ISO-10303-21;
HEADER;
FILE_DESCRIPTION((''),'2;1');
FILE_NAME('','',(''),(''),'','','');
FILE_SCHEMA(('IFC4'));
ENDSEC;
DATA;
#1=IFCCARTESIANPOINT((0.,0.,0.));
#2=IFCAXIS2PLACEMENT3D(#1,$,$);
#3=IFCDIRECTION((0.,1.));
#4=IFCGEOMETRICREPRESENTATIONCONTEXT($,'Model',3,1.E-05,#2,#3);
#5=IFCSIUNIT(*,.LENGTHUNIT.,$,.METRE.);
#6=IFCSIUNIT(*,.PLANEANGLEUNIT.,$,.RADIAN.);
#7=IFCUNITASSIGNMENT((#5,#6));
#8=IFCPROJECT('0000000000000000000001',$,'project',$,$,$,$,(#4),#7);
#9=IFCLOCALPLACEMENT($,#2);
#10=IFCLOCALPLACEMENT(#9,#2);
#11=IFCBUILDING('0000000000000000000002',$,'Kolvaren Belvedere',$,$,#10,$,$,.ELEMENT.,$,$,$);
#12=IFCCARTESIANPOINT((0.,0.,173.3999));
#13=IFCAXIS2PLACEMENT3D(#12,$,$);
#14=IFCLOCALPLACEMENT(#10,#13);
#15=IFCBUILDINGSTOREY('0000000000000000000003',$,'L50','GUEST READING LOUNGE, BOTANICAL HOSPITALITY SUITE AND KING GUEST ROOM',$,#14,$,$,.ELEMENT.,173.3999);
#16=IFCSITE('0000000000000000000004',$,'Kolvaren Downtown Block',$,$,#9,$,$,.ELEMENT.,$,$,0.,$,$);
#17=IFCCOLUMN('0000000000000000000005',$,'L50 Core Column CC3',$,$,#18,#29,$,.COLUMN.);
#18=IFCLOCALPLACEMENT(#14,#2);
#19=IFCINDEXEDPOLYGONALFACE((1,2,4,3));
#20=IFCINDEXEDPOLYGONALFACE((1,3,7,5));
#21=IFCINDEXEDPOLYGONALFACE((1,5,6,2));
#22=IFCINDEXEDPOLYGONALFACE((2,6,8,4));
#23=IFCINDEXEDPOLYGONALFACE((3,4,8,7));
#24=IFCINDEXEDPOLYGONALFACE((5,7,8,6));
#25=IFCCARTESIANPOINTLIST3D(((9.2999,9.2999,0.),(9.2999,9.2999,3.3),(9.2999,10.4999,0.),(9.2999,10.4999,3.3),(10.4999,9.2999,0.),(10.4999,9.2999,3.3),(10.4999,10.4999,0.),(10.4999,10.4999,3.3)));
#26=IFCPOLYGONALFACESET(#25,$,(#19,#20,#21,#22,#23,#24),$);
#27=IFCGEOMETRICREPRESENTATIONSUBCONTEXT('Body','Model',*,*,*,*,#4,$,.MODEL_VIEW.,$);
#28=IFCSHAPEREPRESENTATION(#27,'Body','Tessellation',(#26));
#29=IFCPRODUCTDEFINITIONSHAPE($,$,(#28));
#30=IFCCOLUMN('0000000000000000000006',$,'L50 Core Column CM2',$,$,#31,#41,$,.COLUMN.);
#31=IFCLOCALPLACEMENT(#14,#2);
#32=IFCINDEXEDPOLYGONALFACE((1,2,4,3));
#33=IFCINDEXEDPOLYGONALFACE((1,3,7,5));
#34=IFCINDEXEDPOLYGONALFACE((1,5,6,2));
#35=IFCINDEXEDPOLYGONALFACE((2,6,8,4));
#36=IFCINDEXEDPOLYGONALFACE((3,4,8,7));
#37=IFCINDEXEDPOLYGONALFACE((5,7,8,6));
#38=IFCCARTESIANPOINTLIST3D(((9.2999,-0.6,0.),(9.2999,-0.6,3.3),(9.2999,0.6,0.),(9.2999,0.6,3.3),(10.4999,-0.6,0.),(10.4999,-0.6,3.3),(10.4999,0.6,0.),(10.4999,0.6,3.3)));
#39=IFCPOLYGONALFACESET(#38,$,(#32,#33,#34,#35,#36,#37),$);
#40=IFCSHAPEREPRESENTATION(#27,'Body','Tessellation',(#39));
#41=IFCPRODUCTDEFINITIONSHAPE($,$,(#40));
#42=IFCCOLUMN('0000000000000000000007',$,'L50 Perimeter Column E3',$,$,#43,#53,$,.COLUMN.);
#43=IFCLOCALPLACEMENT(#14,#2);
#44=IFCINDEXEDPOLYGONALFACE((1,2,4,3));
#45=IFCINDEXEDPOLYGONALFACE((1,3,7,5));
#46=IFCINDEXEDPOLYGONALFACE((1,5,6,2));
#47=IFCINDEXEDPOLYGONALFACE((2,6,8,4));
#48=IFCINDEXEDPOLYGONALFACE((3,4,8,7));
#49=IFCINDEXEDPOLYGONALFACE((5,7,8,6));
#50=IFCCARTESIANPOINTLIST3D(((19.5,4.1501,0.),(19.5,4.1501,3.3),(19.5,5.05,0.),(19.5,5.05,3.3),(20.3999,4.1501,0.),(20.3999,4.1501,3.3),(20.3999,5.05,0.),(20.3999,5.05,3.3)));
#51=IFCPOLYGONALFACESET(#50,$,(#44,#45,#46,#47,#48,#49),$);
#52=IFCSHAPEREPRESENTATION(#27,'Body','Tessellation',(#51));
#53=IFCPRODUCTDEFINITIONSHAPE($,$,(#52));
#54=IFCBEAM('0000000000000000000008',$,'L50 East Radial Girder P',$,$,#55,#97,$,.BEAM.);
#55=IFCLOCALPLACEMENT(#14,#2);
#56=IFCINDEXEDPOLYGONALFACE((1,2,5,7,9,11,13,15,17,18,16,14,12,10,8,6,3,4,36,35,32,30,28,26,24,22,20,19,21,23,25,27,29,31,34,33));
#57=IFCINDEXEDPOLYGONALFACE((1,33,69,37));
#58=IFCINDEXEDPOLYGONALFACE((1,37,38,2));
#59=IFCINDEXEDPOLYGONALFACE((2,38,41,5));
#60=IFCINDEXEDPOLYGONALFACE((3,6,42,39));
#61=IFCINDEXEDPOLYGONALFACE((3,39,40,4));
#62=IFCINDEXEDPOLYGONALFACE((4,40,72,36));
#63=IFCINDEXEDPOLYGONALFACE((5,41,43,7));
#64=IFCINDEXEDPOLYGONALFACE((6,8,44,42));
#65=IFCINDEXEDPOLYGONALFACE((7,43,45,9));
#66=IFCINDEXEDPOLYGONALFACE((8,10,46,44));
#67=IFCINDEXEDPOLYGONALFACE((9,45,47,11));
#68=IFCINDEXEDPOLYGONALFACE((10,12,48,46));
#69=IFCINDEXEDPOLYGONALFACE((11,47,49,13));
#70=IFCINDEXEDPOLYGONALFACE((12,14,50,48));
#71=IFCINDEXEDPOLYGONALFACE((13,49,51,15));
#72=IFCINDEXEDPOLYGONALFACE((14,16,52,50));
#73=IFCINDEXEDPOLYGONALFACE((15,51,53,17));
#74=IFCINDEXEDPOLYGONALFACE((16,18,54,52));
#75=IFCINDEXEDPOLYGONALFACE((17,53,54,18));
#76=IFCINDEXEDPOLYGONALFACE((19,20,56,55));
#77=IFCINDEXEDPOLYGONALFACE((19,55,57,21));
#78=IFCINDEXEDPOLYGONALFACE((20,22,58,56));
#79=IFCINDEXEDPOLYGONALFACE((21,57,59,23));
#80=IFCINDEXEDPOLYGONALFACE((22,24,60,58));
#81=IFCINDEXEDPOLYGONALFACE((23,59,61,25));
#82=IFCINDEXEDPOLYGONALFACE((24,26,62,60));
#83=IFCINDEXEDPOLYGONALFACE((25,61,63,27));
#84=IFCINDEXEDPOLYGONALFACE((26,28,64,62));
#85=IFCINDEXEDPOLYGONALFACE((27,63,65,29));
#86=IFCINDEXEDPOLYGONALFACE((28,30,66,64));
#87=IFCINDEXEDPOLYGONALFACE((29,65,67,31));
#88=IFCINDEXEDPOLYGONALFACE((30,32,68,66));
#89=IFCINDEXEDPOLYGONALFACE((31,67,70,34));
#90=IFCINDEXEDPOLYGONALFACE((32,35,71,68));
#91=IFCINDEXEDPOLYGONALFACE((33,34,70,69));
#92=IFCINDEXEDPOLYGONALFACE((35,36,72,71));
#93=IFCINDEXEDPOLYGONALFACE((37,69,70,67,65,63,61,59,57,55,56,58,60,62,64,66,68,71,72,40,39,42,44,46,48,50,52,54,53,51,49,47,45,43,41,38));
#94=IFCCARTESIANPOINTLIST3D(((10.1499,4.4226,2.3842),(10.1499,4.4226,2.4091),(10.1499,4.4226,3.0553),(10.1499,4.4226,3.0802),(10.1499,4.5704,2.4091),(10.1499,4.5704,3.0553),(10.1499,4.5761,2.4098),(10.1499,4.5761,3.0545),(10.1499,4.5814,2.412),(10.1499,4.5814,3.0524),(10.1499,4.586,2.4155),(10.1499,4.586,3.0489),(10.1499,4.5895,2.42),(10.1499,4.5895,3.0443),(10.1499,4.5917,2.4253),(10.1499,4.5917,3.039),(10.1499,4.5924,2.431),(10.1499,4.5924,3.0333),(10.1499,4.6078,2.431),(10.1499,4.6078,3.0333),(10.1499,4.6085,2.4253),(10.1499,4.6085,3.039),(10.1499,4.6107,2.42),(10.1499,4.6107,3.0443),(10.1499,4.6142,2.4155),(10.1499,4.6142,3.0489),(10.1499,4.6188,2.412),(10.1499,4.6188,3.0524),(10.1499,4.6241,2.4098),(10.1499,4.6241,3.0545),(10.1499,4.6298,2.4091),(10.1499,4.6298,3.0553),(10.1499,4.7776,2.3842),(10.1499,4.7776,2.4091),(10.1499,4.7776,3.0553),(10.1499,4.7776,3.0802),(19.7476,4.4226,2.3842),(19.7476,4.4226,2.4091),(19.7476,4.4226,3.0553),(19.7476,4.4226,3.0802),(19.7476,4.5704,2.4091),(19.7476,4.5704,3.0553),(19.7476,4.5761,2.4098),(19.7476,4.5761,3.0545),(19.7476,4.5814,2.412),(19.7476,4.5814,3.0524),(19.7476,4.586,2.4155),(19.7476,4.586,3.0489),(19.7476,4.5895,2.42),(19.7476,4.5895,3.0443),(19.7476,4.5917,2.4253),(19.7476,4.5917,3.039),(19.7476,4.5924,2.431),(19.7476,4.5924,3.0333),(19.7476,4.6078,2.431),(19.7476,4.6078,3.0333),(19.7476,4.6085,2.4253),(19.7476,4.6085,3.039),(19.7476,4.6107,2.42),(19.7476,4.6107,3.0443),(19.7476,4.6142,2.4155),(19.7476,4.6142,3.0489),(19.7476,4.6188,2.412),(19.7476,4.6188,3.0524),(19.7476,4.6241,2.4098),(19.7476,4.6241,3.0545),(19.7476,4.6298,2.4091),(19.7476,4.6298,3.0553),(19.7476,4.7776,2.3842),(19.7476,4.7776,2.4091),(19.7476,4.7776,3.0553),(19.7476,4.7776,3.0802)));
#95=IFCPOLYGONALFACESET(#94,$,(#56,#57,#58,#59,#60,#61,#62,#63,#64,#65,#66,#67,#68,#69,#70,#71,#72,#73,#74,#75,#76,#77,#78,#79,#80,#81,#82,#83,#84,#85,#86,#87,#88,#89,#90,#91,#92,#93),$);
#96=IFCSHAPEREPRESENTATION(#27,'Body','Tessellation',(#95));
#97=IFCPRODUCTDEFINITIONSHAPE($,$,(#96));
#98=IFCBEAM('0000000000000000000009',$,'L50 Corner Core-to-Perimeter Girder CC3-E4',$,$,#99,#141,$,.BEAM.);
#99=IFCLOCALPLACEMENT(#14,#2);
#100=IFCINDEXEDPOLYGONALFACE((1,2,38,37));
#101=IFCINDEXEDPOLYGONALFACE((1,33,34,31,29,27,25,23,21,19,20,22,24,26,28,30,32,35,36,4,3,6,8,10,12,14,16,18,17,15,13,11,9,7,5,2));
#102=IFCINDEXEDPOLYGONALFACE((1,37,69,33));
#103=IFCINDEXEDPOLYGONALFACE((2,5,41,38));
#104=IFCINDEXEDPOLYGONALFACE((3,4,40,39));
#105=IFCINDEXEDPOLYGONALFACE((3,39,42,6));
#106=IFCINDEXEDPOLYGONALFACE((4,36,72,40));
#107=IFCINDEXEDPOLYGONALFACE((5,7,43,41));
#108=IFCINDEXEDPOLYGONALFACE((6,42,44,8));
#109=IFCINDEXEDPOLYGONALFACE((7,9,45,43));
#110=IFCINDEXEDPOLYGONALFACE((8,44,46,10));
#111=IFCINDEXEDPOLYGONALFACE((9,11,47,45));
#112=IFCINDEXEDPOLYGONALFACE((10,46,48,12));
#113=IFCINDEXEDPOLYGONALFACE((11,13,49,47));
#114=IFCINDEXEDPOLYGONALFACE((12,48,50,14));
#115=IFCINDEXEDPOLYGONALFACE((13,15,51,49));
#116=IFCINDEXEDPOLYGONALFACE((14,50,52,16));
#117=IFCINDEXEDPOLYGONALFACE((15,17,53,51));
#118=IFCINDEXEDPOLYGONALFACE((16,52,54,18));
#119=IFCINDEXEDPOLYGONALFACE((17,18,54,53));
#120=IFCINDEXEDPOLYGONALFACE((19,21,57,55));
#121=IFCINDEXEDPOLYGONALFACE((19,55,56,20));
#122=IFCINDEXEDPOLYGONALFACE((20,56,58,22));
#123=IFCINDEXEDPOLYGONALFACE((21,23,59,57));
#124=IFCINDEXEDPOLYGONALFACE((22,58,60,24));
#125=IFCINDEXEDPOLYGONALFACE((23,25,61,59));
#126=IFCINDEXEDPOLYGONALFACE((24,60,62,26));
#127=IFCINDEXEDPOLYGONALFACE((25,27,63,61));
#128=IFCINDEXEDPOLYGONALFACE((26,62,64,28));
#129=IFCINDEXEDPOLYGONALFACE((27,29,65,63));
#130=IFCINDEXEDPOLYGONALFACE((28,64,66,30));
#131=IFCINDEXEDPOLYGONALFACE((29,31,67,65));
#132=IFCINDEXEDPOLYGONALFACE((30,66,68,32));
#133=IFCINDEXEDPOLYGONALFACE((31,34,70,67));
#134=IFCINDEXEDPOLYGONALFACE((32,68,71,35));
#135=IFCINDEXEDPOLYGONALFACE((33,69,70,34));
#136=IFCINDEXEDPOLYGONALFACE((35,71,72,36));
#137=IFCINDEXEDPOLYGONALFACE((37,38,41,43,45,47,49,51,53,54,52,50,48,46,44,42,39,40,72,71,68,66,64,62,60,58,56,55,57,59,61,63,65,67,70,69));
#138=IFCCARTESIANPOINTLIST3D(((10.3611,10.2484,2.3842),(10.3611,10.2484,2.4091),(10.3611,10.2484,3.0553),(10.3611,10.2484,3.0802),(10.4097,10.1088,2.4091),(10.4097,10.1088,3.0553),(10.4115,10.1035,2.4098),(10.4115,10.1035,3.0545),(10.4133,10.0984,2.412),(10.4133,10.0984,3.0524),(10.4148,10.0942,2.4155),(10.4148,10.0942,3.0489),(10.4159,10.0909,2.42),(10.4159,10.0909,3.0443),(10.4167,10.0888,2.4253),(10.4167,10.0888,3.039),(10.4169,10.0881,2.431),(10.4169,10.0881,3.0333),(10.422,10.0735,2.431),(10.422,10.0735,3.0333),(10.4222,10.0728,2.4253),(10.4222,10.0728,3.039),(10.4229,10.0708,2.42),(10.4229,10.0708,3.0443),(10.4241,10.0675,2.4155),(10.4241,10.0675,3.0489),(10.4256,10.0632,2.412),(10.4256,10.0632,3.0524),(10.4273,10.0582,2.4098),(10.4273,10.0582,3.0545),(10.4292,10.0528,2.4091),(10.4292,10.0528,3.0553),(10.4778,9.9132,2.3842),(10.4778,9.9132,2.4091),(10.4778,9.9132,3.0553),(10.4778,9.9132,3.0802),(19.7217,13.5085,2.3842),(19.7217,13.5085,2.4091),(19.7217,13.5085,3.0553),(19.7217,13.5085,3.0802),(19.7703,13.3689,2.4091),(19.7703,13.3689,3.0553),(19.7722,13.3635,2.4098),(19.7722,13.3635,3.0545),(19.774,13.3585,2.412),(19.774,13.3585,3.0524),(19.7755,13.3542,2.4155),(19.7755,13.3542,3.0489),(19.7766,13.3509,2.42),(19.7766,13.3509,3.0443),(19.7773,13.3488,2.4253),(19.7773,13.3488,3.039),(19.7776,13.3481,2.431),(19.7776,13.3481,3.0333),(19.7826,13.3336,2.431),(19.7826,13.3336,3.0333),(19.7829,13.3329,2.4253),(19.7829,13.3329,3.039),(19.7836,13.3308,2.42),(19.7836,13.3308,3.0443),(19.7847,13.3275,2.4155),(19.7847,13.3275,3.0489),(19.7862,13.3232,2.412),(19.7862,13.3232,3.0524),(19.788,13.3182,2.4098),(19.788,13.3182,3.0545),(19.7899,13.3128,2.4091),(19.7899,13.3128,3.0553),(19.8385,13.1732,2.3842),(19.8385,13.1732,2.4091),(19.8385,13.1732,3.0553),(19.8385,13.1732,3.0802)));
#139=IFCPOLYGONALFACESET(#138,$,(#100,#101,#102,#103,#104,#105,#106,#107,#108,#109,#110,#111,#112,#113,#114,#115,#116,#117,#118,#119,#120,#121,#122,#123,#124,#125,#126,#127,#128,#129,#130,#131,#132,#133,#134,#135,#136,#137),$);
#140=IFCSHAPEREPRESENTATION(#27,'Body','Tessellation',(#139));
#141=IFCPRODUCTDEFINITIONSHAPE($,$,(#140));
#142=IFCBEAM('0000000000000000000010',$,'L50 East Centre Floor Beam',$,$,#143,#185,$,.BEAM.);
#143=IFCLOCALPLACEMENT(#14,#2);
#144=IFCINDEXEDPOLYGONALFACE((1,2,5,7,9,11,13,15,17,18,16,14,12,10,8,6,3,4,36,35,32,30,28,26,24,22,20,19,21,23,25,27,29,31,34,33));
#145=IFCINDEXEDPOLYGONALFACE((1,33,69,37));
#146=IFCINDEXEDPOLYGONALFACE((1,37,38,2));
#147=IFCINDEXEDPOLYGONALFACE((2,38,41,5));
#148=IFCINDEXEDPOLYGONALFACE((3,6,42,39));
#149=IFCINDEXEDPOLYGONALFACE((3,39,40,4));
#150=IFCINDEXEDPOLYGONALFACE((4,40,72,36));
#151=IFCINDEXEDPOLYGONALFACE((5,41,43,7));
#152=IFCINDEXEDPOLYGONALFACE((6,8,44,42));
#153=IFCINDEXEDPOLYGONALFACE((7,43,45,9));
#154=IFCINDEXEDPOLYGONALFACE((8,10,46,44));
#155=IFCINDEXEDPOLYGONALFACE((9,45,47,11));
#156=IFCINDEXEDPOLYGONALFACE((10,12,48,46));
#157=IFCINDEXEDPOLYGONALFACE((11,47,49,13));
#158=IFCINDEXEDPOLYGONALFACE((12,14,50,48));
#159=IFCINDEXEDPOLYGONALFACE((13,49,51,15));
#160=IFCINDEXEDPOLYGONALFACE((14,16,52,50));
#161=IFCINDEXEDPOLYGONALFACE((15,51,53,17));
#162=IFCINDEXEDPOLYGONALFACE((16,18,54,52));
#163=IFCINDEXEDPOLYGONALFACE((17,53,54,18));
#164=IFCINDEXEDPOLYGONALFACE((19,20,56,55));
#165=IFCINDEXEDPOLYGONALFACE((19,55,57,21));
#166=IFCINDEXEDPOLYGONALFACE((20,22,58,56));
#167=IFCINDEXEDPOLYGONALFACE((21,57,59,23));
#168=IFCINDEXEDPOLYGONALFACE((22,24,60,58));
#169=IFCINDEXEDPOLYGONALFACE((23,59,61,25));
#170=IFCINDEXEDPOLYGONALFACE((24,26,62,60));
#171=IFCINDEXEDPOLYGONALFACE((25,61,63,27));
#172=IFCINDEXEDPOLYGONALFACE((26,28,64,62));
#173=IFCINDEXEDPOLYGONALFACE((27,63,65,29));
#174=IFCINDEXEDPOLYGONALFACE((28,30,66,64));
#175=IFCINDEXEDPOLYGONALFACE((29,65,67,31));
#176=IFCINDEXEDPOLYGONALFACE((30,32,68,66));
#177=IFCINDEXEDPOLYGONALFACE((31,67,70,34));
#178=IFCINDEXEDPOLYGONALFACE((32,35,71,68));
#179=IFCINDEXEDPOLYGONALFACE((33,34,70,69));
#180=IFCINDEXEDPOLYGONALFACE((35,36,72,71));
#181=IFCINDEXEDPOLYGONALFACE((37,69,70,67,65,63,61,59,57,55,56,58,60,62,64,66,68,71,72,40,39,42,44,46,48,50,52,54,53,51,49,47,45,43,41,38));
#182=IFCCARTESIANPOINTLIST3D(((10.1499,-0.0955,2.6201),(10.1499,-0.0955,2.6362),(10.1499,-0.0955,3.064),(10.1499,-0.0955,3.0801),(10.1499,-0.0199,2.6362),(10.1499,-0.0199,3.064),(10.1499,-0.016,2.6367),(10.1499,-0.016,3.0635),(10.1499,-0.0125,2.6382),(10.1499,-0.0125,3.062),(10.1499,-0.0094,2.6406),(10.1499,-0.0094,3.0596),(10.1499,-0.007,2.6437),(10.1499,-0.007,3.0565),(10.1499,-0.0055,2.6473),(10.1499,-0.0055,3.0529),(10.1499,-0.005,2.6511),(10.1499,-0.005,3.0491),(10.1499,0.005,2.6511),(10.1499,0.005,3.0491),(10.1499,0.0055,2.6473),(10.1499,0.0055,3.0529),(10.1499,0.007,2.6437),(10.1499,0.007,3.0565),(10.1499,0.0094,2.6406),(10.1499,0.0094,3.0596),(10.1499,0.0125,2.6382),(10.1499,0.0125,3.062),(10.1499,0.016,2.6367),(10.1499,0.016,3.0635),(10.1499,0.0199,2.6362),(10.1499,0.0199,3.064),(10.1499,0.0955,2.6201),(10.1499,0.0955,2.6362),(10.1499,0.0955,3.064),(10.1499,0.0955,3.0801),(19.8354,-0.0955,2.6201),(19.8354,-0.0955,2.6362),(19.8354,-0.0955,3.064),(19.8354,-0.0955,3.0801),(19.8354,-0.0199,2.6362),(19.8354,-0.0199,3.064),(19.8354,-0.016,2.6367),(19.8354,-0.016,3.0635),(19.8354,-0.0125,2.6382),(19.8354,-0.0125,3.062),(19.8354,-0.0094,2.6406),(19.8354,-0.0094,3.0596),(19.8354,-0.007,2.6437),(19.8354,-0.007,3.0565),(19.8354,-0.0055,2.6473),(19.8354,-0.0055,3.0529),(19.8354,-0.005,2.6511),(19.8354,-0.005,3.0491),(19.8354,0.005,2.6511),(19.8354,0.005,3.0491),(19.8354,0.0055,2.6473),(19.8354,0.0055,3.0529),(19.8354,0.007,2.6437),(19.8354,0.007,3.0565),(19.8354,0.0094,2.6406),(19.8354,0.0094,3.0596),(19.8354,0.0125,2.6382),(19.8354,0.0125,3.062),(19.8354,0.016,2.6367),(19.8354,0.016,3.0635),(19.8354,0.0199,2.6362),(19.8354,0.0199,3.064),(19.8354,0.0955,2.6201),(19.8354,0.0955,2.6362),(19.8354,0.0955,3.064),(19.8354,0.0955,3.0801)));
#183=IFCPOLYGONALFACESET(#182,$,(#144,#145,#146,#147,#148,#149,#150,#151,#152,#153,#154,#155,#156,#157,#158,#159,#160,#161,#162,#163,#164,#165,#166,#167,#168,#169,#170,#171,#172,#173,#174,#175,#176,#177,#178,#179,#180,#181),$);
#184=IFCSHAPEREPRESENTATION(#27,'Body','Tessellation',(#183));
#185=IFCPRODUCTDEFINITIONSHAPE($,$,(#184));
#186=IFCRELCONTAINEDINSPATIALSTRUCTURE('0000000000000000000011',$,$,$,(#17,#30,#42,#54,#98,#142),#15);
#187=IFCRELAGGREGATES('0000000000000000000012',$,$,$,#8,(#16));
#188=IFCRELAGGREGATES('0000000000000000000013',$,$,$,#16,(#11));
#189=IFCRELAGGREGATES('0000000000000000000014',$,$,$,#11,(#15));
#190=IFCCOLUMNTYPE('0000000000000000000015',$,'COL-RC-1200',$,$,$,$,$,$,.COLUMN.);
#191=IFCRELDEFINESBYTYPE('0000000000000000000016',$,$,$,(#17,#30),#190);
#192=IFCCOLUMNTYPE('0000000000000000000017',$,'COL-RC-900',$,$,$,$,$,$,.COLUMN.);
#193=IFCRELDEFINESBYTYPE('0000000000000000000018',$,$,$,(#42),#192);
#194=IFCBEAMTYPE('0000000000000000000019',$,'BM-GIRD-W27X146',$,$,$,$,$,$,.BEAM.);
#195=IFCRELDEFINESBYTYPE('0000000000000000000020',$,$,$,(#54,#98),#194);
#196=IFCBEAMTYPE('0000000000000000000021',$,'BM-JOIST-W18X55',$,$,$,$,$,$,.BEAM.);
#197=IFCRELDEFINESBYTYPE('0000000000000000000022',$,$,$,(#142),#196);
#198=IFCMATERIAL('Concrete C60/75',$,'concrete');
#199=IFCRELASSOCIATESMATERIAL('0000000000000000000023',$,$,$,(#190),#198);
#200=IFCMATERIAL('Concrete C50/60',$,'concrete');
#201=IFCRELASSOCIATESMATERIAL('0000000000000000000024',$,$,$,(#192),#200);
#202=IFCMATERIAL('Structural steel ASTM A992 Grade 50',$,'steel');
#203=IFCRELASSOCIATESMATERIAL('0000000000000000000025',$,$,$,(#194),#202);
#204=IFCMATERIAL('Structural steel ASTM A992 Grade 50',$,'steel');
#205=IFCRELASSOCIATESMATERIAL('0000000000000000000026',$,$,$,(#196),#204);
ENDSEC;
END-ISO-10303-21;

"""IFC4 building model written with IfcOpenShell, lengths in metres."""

from ifc_helpers import new_model, si_unit, direction, frame, origin, origin_2d, place, context, subcontext, project, spatial, rectangle, i_section, extrude, material, material_profile, profile_set, type_object, element, save


model = new_model("IFC4")

# Units and contexts
model_context = context("Model", 3, precision=1e-05, world=origin(), true_north=direction((0.0, 1.0)))
body_context = subcontext(model_context, "Body", "Model", "MODEL_VIEW")
ifc_project = project(units=[si_unit("LENGTHUNIT", "METRE"), si_unit("PLANEANGLEUNIT", "RADIAN")], contexts=[model_context])

# Site, building, storey
site_placement = place(None, origin())
site = spatial("IfcSite", under=ifc_project, at=site_placement, Name="Kolvaren Downtown Block", CompositionType="ELEMENT", RefElevation=0.0)
building_placement = place(site_placement, origin())
building = spatial("IfcBuilding", under=site, at=building_placement, Name="Kolvaren Belvedere", CompositionType="ELEMENT")
storey_placement = place(building_placement, frame((0.0, 0.0, 173.3999)))
storey = spatial("IfcBuildingStorey", under=building, at=storey_placement, Name="L50", Description="GUEST READING LOUNGE, BOTANICAL HOSPITALITY SUITE AND KING GUEST ROOM", CompositionType="ELEMENT", Elevation=173.3999)

# Columns
ifc_material_1 = material(Name="Concrete C60/75", Category="concrete")
ifc_material_profile_1 = material_profile(ifc_material_1, rectangle(XDim=1.2, YDim=1.2, at=origin_2d()), Name="RC 1200X1200")
ifc_profile_set_1 = profile_set([ifc_material_profile_1], Name="Concrete C60/75")
column_type_1 = type_object("IfcColumnType", Name="COL-RC-1200", PredefinedType="COLUMN", material=ifc_profile_set_1)
for number, where, z_axis, x_axis, name in (
    (1, (9.8999, 9.8999, 0.0), (0.0, 0.0, 1.0), (1.0, 0.0, 0.0), "L50 Core Column CC3"),
    (2, (9.8999, 0.0, 0.0), (0.0, 0.0, 1.0), (1.0, 0.0, 0.0), "L50 Core Column CM2"),
):
    element("IfcColumn", number, at=place(storey_placement, frame(where, z_axis=z_axis, x_axis=x_axis)), inside=storey, type_object=column_type_1, Name=name, PredefinedType="COLUMN", context=body_context, shape_type="SweptSolid", body=[
        extrude(rectangle(XDim=1.2, YDim=1.2, at=origin_2d()), origin(), (0.0, 0.0, 1.0), 3.3),
    ])
ifc_material_2 = material(Name="Concrete C50/60", Category="concrete")
ifc_material_profile_2 = material_profile(ifc_material_2, rectangle(XDim=0.8999, YDim=0.8999, at=origin_2d()), Name="RC 900X900")
ifc_profile_set_2 = profile_set([ifc_material_profile_2], Name="Concrete C50/60")
column_type_2 = type_object("IfcColumnType", Name="COL-RC-900", PredefinedType="COLUMN", material=ifc_profile_set_2)
column_placement = place(storey_placement, frame((19.95, 4.6001, 0.0), z_axis=(0.0, 0.0, 1.0), x_axis=(1.0, 0.0, 0.0)))
element("IfcColumn", 3, at=column_placement, inside=storey, type_object=column_type_2, Name="L50 Perimeter Column E3", PredefinedType="COLUMN", context=body_context, shape_type="SweptSolid", body=[
    extrude(rectangle(XDim=0.8999, YDim=0.8999, at=origin_2d()), origin(), (0.0, 0.0, 1.0), 3.3),
])

# Beams
ifc_material_3 = material(Name="Structural steel ASTM A992 Grade 50", Category="steel")
ifc_material_profile_3 = material_profile(ifc_material_3, i_section(OverallWidth=0.355, OverallDepth=0.696, WebThickness=0.0154, FlangeThickness=0.0249, FilletRadius=0.022, at=origin_2d()), Name="W27X146")
ifc_profile_set_3 = profile_set([ifc_material_profile_3], Name="Structural steel ASTM A992 Grade 50")
beam_type_1 = type_object("IfcBeamType", Name="BM-GIRD-W27X146", PredefinedType="BEAM", material=ifc_profile_set_3)
beam_1_placement = place(storey_placement, frame((10.1499, 4.6001, 2.7322), z_axis=(1.0, 0.0, 0.0), x_axis=(0.0, 1.0, 0.0)))
element("IfcBeam", 4, at=beam_1_placement, inside=storey, type_object=beam_type_1, Name="L50 East Radial Girder P", PredefinedType="BEAM", context=body_context, shape_type="SweptSolid", body=[
    extrude(i_section(OverallWidth=0.355, OverallDepth=0.696, WebThickness=0.0154, FlangeThickness=0.0249, FilletRadius=0.022, at=origin_2d()), origin(), (0.0, 0.0, 1.0), 9.5977),
])
beam_2_placement = place(storey_placement, frame((10.4194, 10.0808, 2.7322), z_axis=(0.944367, 0.328894, 0.0), x_axis=(-0.328894, 0.944367, 0.0)))
element("IfcBeam", 5, at=beam_2_placement, inside=storey, type_object=beam_type_1, Name="L50 Corner Core-to-Perimeter Girder CC3-E4", PredefinedType="BEAM", context=body_context, shape_type="SweptSolid", body=[
    extrude(i_section(OverallWidth=0.355, OverallDepth=0.696, WebThickness=0.0154, FlangeThickness=0.0249, FilletRadius=0.022, at=origin_2d()), origin(), (0.0, 0.0, 1.0), 9.9121),
])
ifc_material_4 = material(Name="Structural steel ASTM A992 Grade 50", Category="steel")
ifc_material_profile_4 = material_profile(ifc_material_4, i_section(OverallWidth=0.1909, OverallDepth=0.46, WebThickness=0.01, FlangeThickness=0.0161, FilletRadius=0.0149, at=origin_2d()), Name="W18X55")
ifc_profile_set_4 = profile_set([ifc_material_profile_4], Name="Structural steel ASTM A992 Grade 50")
beam_type_2 = type_object("IfcBeamType", Name="BM-JOIST-W18X55", PredefinedType="BEAM", material=ifc_profile_set_4)
beam_3_placement = place(storey_placement, frame((10.1499, 0.0, 2.8501), z_axis=(1.0, 0.0, 0.0), x_axis=(0.0, 1.0, 0.0)))
element("IfcBeam", 6, at=beam_3_placement, inside=storey, type_object=beam_type_2, Name="L50 East Centre Floor Beam", PredefinedType="BEAM", context=body_context, shape_type="SweptSolid", body=[
    extrude(i_section(OverallWidth=0.1909, OverallDepth=0.46, WebThickness=0.01, FlangeThickness=0.0161, FilletRadius=0.0149, at=origin_2d()), origin(), (0.0, 0.0, 1.0), 9.6855),
])

save(model, "model.ifc")
